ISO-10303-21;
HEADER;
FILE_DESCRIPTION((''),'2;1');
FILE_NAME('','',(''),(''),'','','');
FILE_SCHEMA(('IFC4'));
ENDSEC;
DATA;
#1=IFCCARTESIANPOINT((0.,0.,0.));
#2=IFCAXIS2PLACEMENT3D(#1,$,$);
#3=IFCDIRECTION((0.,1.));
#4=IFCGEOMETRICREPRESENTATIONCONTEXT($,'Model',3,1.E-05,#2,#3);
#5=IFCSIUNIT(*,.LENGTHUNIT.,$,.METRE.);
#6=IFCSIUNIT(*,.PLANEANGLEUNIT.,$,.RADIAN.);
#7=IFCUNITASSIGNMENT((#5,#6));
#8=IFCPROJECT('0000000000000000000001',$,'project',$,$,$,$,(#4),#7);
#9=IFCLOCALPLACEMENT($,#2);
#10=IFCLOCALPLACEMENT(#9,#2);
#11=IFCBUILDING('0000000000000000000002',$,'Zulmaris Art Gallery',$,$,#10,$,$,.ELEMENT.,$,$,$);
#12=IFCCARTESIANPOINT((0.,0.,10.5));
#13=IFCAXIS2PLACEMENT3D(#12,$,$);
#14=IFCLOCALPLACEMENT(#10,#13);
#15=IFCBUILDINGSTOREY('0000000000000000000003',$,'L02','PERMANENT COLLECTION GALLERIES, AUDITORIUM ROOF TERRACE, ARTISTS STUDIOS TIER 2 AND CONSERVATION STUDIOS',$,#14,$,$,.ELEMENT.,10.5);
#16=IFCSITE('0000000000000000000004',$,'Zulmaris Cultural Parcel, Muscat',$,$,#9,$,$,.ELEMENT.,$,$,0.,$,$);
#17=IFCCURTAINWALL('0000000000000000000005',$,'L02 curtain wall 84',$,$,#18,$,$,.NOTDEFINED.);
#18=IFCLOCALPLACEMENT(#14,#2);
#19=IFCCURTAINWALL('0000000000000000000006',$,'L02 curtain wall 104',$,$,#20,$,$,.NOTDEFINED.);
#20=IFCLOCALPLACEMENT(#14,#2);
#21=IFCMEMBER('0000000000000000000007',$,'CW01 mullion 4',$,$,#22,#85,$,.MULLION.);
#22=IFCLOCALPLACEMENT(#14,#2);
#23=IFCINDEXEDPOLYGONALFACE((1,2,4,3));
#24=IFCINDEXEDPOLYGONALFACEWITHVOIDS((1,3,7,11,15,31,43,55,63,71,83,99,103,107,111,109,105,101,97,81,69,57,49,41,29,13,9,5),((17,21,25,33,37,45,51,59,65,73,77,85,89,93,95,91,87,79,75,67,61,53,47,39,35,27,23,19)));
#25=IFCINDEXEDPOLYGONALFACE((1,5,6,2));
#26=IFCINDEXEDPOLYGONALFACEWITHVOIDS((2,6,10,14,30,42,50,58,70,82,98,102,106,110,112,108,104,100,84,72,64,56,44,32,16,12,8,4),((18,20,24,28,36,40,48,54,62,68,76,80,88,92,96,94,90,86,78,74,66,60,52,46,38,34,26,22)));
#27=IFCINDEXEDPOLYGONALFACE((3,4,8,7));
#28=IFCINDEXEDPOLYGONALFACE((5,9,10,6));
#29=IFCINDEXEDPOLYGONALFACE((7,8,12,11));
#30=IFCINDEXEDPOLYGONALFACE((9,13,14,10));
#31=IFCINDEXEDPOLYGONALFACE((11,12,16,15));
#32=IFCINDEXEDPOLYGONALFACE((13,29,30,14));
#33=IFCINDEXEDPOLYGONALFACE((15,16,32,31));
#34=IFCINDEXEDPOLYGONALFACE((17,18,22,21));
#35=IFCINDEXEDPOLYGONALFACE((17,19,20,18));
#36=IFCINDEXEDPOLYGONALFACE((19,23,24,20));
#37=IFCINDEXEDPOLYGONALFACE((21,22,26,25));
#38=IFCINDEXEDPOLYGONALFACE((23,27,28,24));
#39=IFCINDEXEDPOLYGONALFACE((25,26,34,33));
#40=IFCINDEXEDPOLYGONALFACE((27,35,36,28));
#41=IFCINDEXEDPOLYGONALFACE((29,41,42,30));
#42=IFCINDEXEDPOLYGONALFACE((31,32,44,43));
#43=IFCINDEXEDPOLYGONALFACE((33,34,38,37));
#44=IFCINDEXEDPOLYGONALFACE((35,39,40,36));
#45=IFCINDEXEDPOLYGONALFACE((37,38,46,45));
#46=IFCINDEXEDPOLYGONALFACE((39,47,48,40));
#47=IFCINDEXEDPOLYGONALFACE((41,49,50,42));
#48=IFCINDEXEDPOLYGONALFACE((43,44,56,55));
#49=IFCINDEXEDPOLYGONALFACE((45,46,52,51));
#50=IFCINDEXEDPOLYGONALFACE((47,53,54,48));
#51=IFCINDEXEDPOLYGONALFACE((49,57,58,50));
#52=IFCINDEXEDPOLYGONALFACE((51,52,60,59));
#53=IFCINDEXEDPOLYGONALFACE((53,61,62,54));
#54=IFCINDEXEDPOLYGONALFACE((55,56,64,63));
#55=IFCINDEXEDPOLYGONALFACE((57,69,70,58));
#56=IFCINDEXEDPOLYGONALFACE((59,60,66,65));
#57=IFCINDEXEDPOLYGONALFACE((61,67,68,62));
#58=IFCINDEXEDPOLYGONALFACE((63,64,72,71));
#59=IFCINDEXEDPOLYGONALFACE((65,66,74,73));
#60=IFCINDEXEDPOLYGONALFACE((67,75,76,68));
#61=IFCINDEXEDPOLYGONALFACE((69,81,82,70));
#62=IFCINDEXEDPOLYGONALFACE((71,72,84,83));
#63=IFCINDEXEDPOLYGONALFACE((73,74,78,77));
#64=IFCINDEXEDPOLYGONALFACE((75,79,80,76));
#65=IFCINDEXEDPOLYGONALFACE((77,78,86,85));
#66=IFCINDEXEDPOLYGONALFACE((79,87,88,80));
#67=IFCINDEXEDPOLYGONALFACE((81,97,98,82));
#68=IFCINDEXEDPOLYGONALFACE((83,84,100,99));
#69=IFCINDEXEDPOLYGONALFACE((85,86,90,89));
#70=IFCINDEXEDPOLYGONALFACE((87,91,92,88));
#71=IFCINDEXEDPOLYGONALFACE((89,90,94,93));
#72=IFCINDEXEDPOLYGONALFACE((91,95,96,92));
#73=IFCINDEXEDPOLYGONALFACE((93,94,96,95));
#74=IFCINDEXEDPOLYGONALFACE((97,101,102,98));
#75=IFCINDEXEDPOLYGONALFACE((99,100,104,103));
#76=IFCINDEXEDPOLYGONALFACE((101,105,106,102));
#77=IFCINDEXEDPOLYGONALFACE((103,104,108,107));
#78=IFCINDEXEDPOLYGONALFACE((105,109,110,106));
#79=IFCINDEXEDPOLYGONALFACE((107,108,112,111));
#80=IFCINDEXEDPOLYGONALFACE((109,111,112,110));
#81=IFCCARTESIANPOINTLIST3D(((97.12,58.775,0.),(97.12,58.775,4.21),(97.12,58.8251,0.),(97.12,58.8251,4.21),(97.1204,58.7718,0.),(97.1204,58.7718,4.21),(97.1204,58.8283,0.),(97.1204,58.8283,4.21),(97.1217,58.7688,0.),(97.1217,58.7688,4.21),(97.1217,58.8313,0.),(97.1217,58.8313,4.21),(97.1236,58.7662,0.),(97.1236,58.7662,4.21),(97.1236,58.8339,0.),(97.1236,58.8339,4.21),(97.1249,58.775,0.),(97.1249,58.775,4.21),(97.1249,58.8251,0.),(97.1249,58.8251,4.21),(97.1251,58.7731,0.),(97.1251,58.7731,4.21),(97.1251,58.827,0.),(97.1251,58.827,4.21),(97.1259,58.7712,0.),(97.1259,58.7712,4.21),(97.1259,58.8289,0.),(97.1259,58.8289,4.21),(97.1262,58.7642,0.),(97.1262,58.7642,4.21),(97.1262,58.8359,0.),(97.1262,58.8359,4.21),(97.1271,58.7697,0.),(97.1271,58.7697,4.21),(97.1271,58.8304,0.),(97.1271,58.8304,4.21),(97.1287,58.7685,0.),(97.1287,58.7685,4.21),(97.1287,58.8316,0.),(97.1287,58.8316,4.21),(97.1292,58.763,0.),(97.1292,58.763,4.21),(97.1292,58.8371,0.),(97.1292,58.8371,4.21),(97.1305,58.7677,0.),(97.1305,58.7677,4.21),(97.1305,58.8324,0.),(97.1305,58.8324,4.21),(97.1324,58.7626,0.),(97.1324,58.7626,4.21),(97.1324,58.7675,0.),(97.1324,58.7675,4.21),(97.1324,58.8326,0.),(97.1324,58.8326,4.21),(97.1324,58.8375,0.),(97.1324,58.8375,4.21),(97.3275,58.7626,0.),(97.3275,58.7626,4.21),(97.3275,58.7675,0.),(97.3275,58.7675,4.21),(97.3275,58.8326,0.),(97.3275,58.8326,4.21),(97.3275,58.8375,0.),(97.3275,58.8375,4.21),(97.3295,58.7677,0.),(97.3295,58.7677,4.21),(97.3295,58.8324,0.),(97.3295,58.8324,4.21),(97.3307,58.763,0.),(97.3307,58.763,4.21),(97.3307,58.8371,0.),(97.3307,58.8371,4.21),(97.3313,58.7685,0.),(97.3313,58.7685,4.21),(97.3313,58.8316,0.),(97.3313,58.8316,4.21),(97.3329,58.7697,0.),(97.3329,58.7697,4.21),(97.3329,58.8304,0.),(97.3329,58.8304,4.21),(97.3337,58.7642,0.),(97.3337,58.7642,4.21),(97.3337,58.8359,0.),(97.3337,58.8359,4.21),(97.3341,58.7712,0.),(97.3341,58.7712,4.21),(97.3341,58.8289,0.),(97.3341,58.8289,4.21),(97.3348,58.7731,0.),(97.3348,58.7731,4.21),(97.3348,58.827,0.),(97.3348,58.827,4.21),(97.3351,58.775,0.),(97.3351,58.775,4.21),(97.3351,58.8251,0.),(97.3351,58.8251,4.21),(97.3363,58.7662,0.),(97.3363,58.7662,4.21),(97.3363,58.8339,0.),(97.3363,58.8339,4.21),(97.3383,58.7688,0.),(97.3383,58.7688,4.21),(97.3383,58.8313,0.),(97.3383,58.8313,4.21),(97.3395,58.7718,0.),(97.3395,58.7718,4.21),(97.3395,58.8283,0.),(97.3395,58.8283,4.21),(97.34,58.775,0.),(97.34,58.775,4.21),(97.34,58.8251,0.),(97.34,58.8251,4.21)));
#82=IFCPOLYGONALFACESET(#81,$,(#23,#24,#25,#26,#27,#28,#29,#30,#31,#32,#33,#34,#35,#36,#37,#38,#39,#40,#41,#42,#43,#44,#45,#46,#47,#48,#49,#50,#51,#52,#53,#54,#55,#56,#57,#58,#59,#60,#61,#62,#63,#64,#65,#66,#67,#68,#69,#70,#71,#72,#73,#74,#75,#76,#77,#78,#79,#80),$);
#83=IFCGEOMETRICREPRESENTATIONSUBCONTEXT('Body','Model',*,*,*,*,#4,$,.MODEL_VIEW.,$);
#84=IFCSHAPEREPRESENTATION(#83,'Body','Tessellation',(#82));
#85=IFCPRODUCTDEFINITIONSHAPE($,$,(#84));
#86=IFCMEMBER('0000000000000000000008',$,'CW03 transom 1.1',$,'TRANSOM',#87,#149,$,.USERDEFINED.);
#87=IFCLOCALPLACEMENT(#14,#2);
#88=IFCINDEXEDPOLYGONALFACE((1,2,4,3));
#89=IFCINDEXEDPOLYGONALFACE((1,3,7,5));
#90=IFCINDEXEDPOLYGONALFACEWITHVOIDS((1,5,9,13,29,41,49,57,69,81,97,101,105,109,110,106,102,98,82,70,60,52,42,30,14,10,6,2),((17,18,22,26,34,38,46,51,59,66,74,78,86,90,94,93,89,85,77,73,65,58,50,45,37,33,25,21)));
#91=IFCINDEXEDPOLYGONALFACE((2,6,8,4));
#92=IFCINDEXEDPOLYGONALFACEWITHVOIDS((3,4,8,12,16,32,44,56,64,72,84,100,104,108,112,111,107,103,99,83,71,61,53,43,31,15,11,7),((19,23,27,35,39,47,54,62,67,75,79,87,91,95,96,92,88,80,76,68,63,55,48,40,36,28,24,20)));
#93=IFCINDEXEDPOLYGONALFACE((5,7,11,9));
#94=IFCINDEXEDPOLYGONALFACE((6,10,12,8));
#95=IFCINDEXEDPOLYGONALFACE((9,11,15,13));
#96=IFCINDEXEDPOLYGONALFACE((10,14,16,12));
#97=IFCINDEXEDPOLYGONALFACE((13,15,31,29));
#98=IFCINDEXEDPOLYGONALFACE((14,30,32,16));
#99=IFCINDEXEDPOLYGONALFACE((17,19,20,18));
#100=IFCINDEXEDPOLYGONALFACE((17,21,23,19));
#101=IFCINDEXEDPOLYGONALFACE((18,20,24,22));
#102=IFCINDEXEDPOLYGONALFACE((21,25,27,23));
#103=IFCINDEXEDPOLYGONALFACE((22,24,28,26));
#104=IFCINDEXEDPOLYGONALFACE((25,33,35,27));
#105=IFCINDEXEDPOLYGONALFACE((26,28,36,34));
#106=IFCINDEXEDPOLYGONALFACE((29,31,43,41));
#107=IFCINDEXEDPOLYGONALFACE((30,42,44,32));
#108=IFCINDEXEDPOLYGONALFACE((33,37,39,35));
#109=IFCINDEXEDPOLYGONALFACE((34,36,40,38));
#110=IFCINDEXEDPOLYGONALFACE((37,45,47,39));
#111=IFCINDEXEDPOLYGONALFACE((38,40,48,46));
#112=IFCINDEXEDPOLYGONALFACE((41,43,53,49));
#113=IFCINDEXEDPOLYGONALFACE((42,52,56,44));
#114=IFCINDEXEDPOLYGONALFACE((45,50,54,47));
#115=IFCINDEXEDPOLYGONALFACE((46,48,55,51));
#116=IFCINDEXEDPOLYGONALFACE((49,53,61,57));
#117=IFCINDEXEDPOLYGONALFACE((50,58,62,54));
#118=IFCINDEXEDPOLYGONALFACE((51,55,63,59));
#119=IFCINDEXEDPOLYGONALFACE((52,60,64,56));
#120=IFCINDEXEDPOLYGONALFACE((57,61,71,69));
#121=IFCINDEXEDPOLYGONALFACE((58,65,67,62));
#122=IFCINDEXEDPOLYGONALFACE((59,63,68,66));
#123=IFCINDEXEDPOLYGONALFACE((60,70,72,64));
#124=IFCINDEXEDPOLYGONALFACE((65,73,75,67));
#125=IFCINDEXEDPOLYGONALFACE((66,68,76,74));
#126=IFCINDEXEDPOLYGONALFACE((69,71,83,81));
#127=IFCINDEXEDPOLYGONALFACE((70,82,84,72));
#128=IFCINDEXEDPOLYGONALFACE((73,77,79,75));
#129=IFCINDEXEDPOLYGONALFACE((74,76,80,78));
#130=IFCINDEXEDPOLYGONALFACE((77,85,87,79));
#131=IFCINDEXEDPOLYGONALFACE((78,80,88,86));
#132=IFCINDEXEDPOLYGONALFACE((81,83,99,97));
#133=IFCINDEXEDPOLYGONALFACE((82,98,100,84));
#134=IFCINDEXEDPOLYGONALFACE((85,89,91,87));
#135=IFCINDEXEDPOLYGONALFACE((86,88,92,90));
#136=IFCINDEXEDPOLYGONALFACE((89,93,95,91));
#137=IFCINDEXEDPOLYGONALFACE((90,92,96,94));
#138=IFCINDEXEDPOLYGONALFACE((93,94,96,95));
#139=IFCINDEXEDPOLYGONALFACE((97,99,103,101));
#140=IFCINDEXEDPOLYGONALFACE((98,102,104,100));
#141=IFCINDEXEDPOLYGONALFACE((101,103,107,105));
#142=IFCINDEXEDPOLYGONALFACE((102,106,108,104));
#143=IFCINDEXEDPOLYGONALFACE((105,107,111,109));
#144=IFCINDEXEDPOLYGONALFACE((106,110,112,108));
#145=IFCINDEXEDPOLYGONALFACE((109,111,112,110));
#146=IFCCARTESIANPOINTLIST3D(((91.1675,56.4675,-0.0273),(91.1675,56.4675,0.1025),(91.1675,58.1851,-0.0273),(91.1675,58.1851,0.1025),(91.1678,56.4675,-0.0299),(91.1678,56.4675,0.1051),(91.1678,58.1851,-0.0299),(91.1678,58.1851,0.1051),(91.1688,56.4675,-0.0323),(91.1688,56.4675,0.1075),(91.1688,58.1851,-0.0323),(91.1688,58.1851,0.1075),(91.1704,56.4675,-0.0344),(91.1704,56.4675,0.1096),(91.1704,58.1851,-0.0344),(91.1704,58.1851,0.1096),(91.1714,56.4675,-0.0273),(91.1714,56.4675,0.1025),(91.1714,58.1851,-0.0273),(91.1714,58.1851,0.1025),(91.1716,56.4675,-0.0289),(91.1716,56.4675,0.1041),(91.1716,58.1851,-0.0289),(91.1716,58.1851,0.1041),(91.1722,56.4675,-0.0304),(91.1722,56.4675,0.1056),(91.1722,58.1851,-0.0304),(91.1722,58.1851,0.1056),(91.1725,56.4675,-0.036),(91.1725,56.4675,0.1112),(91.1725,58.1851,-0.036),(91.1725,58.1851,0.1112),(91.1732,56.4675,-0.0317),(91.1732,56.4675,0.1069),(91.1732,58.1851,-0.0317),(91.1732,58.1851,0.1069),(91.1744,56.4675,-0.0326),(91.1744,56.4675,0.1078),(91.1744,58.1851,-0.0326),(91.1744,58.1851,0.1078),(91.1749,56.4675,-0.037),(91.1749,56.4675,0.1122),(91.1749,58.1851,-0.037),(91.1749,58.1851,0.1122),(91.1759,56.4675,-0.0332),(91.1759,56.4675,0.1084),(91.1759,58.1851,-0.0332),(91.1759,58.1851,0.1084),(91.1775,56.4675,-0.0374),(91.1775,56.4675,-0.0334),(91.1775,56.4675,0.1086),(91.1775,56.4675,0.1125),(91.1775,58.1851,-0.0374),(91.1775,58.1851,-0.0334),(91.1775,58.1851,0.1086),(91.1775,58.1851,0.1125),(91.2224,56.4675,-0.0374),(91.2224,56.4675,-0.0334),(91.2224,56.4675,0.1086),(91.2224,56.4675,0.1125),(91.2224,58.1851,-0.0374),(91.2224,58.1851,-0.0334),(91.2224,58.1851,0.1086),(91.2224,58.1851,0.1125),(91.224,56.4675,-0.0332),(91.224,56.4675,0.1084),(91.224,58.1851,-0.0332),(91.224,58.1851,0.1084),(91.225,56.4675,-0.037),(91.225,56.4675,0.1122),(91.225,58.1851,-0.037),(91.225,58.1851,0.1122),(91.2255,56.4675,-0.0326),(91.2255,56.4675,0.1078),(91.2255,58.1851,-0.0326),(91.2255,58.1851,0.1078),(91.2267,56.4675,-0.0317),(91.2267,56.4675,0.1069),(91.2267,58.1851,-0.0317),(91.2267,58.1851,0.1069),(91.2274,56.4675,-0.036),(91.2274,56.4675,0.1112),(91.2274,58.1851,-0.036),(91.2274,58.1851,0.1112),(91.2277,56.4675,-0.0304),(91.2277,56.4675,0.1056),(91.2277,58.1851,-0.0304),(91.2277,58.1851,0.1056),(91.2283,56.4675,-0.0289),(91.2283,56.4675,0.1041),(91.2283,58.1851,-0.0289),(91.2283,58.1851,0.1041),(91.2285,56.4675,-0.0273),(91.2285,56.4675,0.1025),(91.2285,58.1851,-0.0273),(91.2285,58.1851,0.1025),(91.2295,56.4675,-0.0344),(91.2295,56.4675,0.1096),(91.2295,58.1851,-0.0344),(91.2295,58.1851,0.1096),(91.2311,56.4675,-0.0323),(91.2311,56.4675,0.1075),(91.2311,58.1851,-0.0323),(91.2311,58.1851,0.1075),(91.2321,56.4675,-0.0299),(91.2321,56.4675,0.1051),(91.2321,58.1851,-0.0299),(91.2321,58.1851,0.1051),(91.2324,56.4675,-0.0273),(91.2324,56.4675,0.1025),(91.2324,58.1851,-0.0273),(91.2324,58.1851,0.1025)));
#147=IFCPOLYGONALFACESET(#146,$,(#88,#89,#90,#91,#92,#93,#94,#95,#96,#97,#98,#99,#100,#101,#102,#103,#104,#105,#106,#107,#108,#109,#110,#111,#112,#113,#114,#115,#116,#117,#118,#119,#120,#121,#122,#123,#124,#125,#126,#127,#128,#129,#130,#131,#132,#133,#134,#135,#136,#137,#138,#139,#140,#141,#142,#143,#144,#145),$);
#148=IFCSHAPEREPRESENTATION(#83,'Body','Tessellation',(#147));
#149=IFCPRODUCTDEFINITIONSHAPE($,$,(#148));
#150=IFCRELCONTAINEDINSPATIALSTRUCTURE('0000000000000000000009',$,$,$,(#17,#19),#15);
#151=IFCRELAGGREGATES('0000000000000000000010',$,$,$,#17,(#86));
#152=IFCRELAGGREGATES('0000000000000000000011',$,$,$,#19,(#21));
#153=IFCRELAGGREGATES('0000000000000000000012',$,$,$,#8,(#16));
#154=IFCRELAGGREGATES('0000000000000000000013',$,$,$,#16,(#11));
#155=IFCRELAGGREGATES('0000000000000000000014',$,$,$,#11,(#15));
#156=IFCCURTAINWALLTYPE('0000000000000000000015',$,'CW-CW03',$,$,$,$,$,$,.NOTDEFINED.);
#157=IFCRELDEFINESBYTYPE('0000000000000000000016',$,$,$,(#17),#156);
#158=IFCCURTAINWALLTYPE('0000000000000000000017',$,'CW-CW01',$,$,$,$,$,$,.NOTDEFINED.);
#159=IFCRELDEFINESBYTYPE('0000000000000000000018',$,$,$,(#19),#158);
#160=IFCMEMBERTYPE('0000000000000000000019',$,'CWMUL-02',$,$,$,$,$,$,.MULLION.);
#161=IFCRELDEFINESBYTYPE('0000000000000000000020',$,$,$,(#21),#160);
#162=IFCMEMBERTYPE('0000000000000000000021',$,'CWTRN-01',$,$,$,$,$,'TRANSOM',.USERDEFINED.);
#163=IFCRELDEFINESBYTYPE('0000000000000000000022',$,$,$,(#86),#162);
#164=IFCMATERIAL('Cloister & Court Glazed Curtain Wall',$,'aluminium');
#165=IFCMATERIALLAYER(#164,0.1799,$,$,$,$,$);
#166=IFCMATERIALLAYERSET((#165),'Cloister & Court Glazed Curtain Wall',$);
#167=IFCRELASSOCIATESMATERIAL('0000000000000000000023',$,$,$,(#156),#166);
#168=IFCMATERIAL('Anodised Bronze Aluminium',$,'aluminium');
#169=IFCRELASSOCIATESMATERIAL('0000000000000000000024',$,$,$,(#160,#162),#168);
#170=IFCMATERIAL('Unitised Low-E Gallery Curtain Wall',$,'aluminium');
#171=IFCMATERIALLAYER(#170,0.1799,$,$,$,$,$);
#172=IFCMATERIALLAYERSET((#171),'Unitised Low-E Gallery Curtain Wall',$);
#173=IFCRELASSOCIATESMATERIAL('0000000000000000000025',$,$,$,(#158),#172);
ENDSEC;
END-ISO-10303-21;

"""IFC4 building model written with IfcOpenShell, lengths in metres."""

from ifc_helpers import new_model, si_unit, direction, frame, origin, origin_2d, place, context, subcontext, project, spatial, hollow_rectangle, extrude, material, layer, layer_set, material_profile, profile_set, type_object, element, aggregate, save


model = new_model("IFC4")

# Units and contexts
model_context = context("Model", 3, precision=1e-05, world=origin(), true_north=direction((0.0, 1.0)))
body_context = subcontext(model_context, "Body", "Model", "MODEL_VIEW")
ifc_project = project(units=[si_unit("LENGTHUNIT", "METRE"), si_unit("PLANEANGLEUNIT", "RADIAN")], contexts=[model_context])

# Site, building, storey
site_placement = place(None, origin())
site = spatial("IfcSite", under=ifc_project, at=site_placement, Name="Zulmaris Cultural Parcel, Muscat", CompositionType="ELEMENT", RefElevation=0.0)
building_placement = place(site_placement, origin())
building = spatial("IfcBuilding", under=site, at=building_placement, Name="Zulmaris Art Gallery", CompositionType="ELEMENT")
storey_placement = place(building_placement, frame((0.0, 0.0, 10.5)))
storey = spatial("IfcBuildingStorey", under=building, at=storey_placement, Name="L02", Description="PERMANENT COLLECTION GALLERIES, AUDITORIUM ROOF TERRACE, ARTISTS STUDIOS TIER 2 AND CONSERVATION STUDIOS", CompositionType="ELEMENT", Elevation=10.5)

# Curtain wall
ifc_material_1 = material(Name="Cloister & Court Glazed Curtain Wall", Category="aluminium")
ifc_layer_1 = layer(ifc_material_1, 0.1799)
ifc_layer_set_1 = layer_set([ifc_layer_1], Name="Cloister & Court Glazed Curtain Wall")
curtain_wall_type_1 = type_object("IfcCurtainWallType", Name="CW-CW03", PredefinedType="NOTDEFINED", material=ifc_layer_set_1)
ifc_material_2 = material(Name="Anodised Bronze Aluminium", Category="aluminium")
ifc_material_profile_1 = material_profile(ifc_material_2, hollow_rectangle(XDim=0.075, YDim=0.22, WallThickness=0.0049, InnerFilletRadius=0.0076, OuterFilletRadius=0.0125, at=origin_2d()), Name="ALU 75x220x5")
ifc_profile_set_1 = profile_set([ifc_material_profile_1], Name="Anodised Bronze Aluminium")
member_type_1 = type_object("IfcMemberType", Name="CWMUL-02", PredefinedType="MULLION", material=ifc_profile_set_1)
curtain_wall_1_placement = place(storey_placement, origin())
curtain_wall_1 = element("IfcCurtainWall", 1, at=curtain_wall_1_placement, inside=storey, type_object=curtain_wall_type_1, Name="L02 curtain wall 84", PredefinedType="NOTDEFINED")

# Curtain wall, member
ifc_material_3 = material(Name="Unitised Low-E Gallery Curtain Wall", Category="aluminium")
ifc_layer_2 = layer(ifc_material_3, 0.1799)
ifc_layer_set_2 = layer_set([ifc_layer_2], Name="Unitised Low-E Gallery Curtain Wall")
curtain_wall_type_2 = type_object("IfcCurtainWallType", Name="CW-CW01", PredefinedType="NOTDEFINED", material=ifc_layer_set_2)
curtain_wall_2_placement = place(storey_placement, origin())
curtain_wall_2 = element("IfcCurtainWall", 2, at=curtain_wall_2_placement, inside=storey, type_object=curtain_wall_type_2, Name="L02 curtain wall 104", PredefinedType="NOTDEFINED")
member_1_placement = place(storey_placement, frame((97.23, 58.8, 0.0), z_axis=(0.0, 0.0, 1.0), x_axis=(0.0, 1.0, 0.0)))
member_1 = element("IfcMember", 3, at=member_1_placement, type_object=member_type_1, Name="CW01 mullion 4", PredefinedType="MULLION", context=body_context, shape_type="SweptSolid", body=[
    extrude(hollow_rectangle(XDim=0.075, YDim=0.22, WallThickness=0.0049, InnerFilletRadius=0.0076, OuterFilletRadius=0.0125, at=origin_2d()), origin(), (0.0, 0.0, 1.0), 4.21),
])

# Member
ifc_material_profile_2 = material_profile(ifc_material_2, hollow_rectangle(XDim=0.0649, YDim=0.1499, WallThickness=0.0039, InnerFilletRadius=0.0061, OuterFilletRadius=0.01, at=origin_2d()), Name="ALU 65x150x4")
ifc_profile_set_2 = profile_set([ifc_material_profile_2], Name="Anodised Bronze Aluminium")
member_type_2 = type_object("IfcMemberType", Name="CWTRN-01", ElementType="TRANSOM", PredefinedType="USERDEFINED", material=ifc_profile_set_2)
member_2_placement = place(storey_placement, frame((91.2, 58.1851, 0.0376), z_axis=(0.0, -1.0, 0.0), x_axis=(1.0, 0.0, 0.0)))
member_2 = element("IfcMember", 4, at=member_2_placement, type_object=member_type_2, Name="CW03 transom 1.1", ObjectType="TRANSOM", PredefinedType="USERDEFINED", context=body_context, shape_type="SweptSolid", body=[
    extrude(hollow_rectangle(XDim=0.0649, YDim=0.1499, WallThickness=0.0039, InnerFilletRadius=0.0061, OuterFilletRadius=0.01, at=origin_2d()), origin(), (0.0, 0.0, 1.0), 1.7175),
])

aggregate(curtain_wall_1, [member_2])
aggregate(curtain_wall_2, [member_1])

save(model, "model.ifc")
